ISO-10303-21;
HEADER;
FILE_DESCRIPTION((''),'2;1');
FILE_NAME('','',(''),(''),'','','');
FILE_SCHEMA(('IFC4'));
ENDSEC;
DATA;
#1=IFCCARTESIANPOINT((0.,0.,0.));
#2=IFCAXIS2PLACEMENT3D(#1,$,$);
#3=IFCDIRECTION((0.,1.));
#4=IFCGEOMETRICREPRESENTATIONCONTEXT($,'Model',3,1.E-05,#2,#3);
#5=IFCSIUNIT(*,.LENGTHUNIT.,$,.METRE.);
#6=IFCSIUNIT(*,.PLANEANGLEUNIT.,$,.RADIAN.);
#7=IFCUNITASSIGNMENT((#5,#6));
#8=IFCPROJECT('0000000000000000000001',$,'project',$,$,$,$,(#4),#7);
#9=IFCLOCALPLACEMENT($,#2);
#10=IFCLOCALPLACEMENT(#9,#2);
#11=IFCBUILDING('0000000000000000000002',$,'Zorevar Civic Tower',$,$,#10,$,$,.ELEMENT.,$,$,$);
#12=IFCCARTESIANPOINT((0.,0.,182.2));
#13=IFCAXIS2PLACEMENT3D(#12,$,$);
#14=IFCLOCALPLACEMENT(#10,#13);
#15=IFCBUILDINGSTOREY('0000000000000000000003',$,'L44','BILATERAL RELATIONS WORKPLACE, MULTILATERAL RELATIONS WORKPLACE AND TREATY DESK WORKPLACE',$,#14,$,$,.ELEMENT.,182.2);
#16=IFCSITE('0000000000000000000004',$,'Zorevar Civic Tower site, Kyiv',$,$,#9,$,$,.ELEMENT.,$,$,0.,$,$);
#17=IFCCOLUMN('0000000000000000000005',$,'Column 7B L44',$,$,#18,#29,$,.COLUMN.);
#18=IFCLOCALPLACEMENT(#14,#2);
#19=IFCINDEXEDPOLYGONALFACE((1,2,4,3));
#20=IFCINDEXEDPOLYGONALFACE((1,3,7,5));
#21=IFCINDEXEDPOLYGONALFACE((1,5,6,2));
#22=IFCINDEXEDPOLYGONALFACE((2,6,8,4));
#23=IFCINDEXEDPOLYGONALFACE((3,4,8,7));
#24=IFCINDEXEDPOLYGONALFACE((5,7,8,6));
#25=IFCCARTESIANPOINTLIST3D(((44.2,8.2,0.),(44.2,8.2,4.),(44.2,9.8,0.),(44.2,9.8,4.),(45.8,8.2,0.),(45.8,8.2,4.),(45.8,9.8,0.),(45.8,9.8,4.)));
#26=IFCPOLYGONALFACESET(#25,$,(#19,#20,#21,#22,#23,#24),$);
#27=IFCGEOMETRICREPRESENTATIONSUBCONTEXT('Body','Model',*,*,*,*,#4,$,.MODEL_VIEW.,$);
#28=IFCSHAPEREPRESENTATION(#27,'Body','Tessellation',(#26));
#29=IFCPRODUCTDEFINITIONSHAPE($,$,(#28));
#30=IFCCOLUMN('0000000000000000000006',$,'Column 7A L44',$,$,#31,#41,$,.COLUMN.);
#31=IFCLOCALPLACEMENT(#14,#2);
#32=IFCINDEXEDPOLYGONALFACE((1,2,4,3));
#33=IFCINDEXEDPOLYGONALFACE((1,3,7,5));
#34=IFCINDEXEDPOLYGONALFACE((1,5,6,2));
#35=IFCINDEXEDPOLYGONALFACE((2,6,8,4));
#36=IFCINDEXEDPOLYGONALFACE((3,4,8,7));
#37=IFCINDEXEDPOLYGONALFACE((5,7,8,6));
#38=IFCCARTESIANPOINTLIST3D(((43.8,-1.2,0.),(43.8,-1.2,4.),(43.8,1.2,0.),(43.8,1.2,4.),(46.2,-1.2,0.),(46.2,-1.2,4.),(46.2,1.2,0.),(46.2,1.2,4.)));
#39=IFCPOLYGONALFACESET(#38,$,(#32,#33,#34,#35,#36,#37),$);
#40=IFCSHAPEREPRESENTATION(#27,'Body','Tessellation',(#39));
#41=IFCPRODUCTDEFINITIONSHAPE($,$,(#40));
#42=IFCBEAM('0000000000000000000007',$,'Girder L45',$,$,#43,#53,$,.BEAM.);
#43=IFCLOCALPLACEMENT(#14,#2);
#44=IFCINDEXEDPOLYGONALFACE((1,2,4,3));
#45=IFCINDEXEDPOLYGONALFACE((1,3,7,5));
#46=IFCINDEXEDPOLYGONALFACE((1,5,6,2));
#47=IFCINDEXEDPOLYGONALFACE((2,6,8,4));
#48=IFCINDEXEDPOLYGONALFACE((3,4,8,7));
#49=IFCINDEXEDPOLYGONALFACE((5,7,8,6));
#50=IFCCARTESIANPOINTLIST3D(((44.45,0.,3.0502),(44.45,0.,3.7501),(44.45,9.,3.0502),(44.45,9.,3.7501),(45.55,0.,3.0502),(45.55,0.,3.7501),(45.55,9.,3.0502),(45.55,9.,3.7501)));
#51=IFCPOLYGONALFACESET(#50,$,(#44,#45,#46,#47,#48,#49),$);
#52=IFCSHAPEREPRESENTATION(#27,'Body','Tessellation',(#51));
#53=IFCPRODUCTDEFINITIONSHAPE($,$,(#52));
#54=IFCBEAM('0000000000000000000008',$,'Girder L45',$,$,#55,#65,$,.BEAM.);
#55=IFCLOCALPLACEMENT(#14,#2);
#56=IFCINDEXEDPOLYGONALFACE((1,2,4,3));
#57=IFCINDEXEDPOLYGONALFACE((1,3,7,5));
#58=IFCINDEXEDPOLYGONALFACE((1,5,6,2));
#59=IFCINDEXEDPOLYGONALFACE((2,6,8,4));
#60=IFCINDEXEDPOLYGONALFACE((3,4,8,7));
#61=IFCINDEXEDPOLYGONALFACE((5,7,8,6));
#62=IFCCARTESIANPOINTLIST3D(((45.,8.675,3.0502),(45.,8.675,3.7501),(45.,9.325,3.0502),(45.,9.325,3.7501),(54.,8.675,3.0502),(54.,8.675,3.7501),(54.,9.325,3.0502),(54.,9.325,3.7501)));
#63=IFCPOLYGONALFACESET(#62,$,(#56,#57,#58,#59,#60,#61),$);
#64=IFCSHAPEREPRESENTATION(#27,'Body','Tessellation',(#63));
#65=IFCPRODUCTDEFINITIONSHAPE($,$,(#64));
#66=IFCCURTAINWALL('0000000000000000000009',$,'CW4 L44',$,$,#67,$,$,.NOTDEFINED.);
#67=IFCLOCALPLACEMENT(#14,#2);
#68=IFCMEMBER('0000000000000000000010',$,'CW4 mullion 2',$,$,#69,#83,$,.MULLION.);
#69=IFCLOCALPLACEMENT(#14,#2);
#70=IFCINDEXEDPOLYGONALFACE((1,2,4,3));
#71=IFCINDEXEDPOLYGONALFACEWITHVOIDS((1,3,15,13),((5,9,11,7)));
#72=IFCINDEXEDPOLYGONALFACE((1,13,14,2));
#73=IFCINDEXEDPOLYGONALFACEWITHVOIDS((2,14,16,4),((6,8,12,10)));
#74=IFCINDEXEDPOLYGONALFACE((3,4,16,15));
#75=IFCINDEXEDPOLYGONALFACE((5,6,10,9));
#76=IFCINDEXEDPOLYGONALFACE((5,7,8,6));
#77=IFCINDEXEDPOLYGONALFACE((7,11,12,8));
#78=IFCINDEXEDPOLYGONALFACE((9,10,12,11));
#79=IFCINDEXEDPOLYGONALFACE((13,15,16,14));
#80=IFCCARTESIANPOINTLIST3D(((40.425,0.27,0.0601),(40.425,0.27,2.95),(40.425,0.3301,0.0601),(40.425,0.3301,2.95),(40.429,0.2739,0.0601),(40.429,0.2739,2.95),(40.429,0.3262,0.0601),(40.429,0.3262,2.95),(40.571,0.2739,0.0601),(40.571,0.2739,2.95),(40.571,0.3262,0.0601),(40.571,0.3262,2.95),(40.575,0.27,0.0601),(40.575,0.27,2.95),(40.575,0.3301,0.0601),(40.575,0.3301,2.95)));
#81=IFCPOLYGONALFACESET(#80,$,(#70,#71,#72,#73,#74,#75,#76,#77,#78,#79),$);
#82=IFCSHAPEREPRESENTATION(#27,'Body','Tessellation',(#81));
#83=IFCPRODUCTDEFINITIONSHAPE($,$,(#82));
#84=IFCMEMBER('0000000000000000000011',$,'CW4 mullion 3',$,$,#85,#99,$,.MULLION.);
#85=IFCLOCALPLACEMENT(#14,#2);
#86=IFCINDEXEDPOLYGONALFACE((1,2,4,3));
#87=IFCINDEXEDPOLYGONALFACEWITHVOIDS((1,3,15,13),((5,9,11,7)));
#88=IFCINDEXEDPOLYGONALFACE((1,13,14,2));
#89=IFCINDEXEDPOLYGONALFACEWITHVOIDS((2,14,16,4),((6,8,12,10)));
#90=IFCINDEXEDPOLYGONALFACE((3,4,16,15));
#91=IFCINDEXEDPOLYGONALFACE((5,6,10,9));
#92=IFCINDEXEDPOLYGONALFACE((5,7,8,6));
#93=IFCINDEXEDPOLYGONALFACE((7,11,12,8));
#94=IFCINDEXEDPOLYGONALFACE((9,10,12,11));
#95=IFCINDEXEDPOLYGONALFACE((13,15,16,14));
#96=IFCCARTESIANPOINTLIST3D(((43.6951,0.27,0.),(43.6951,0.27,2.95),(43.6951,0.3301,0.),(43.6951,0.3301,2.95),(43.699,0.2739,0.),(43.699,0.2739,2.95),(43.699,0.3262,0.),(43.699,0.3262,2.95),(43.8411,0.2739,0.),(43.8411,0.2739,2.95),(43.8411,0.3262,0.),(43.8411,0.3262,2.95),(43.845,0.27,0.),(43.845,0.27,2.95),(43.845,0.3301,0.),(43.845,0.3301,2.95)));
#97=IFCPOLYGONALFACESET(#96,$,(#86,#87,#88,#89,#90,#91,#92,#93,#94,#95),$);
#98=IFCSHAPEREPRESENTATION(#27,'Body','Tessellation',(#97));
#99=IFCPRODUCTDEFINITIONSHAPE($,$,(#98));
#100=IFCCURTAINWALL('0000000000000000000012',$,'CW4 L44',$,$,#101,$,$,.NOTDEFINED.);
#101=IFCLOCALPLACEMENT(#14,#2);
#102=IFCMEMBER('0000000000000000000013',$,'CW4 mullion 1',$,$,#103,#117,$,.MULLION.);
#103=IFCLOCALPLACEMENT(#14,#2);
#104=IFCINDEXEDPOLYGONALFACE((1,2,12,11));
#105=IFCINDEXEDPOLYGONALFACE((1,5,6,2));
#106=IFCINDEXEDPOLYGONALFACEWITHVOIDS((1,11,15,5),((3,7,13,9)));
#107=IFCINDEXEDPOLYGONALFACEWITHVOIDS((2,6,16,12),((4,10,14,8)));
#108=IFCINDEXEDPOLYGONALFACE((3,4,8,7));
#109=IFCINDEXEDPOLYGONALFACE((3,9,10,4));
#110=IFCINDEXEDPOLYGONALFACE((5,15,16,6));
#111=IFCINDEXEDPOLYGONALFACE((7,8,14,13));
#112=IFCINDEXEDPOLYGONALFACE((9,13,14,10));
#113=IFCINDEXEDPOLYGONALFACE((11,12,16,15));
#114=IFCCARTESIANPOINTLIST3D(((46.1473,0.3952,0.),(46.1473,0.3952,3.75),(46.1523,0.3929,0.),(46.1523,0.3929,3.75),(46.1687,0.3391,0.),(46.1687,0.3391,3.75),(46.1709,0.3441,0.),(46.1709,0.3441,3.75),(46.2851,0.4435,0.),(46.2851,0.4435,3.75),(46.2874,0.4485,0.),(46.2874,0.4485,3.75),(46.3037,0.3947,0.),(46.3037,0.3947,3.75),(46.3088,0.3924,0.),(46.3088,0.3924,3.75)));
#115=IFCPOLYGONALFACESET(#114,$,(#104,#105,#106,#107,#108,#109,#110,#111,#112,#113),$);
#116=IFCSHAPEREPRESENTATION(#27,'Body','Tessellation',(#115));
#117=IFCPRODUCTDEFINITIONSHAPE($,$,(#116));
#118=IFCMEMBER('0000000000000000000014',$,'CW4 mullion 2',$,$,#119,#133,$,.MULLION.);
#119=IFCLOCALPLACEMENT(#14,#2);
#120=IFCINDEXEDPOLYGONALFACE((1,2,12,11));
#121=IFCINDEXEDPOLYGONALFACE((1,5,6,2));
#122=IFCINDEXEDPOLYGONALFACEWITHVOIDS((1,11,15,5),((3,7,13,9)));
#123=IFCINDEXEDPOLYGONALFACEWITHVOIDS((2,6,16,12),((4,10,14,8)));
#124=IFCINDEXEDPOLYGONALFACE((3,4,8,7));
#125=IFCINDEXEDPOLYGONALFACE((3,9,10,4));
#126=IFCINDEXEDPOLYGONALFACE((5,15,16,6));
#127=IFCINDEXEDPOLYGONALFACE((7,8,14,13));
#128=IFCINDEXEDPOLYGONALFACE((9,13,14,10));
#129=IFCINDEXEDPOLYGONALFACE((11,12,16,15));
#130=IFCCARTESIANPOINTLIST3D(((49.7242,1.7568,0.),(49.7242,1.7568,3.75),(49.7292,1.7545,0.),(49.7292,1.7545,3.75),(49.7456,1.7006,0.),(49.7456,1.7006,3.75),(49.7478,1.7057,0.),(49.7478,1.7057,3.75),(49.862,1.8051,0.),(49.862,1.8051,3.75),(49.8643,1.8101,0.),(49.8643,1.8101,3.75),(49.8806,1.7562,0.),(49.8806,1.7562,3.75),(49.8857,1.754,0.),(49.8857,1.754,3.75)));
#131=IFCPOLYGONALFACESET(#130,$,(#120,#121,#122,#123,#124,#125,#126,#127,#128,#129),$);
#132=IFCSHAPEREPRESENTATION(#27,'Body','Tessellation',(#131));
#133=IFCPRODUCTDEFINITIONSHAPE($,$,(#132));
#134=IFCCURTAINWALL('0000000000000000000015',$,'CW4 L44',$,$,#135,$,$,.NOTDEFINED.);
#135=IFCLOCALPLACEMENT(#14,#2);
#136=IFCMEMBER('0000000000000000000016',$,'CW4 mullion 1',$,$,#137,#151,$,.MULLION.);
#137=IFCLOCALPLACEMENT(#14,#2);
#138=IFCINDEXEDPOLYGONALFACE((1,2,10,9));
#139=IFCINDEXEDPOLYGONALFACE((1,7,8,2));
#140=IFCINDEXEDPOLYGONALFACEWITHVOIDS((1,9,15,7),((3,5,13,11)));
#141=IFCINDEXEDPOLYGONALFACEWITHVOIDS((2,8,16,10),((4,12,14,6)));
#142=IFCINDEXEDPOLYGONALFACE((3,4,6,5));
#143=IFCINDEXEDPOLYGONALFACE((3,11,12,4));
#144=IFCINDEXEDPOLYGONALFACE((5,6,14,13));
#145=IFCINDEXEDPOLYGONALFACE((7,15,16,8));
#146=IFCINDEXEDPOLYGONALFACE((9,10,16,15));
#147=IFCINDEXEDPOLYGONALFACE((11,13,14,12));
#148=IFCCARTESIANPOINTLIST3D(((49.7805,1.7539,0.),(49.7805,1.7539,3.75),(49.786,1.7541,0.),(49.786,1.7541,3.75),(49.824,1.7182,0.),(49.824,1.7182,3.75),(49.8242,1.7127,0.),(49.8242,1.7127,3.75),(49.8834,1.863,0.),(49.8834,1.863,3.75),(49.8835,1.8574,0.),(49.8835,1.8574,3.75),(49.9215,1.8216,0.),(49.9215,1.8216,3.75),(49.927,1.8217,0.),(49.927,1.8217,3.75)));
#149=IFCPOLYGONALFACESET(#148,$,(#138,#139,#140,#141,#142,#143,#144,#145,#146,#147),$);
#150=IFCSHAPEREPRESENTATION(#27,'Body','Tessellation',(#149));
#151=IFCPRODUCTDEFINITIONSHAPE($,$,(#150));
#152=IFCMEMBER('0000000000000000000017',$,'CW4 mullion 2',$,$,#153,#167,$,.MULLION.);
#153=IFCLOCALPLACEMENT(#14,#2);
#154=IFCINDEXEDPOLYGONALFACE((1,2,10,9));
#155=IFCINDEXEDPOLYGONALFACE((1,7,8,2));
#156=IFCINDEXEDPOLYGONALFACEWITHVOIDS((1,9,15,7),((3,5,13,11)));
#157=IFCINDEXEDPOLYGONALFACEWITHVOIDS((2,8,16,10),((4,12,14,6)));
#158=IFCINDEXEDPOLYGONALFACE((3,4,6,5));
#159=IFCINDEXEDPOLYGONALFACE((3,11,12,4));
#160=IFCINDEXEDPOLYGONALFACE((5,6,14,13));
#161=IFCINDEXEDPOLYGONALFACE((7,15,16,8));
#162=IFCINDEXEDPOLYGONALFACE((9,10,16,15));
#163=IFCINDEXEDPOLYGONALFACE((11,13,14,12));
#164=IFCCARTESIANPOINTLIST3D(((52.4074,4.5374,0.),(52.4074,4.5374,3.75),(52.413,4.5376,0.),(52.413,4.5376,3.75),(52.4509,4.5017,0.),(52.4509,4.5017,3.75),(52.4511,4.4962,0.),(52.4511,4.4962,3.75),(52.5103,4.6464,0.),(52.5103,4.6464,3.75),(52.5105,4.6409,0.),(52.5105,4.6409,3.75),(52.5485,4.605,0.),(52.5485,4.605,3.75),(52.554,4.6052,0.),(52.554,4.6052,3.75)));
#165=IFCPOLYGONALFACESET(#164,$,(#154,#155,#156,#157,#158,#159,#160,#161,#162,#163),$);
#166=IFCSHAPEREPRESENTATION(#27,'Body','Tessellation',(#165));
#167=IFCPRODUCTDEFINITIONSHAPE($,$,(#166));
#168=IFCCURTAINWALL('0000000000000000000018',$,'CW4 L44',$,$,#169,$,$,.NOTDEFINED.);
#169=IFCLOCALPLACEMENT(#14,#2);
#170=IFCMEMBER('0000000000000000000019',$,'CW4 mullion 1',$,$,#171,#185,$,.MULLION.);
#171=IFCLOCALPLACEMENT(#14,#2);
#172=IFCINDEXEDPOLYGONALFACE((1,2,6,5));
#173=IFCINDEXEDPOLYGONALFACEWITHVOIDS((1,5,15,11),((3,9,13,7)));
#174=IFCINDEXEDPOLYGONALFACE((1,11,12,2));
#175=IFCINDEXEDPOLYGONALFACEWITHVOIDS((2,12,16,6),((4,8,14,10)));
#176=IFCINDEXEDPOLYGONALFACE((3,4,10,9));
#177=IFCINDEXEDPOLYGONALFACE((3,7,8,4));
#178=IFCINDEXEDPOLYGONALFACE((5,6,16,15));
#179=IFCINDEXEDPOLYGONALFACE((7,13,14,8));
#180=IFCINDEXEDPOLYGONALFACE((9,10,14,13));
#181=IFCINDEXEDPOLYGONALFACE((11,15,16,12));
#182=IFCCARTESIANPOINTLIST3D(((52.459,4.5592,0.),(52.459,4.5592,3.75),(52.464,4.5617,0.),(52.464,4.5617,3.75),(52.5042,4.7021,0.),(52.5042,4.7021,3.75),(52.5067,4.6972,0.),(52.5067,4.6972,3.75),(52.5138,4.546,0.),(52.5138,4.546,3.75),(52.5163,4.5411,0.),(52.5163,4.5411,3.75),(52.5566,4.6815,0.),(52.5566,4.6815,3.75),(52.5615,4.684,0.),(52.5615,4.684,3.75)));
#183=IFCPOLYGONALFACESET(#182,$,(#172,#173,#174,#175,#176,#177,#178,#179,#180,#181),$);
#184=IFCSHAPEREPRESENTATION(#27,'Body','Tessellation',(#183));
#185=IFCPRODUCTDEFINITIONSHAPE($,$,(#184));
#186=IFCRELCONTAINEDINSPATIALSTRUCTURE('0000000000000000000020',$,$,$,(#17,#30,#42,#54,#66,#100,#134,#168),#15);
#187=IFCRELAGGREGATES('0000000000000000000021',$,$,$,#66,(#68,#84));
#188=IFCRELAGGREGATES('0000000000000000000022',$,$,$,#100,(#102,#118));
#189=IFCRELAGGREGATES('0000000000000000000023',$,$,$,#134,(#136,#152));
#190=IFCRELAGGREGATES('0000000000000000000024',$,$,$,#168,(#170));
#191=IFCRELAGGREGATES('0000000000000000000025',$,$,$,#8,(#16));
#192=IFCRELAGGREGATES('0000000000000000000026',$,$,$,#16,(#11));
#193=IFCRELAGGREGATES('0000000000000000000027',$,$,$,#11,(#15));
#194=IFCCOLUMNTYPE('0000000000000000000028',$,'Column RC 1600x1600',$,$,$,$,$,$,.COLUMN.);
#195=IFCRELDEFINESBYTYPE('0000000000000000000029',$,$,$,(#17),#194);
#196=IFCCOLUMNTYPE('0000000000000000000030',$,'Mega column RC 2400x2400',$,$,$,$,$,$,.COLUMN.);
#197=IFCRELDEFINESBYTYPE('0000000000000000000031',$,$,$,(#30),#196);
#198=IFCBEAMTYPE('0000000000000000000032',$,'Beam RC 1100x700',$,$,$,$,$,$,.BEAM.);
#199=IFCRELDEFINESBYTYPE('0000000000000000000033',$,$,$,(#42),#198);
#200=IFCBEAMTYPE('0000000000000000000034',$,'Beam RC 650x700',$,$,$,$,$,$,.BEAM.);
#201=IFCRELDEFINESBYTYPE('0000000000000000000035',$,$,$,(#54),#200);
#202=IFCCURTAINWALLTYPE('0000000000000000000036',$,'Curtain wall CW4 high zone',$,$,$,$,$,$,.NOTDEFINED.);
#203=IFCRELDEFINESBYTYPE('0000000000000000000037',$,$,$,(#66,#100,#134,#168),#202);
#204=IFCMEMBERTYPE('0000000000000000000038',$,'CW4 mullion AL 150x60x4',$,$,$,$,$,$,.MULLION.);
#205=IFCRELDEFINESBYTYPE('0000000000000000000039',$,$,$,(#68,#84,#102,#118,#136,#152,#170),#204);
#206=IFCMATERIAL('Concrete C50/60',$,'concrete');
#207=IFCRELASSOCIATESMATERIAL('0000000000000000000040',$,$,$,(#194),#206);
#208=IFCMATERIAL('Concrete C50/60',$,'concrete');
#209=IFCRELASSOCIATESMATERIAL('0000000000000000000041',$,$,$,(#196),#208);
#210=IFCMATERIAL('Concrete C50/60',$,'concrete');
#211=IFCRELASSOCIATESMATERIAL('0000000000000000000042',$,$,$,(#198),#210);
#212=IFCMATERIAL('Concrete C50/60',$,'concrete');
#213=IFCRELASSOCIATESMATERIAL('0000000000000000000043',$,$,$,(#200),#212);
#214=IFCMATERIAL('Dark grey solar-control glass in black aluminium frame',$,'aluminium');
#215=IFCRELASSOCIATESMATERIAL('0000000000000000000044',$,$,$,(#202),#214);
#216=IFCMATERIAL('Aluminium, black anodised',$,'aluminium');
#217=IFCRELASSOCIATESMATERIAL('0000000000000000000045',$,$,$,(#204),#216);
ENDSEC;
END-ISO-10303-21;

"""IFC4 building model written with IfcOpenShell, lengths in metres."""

from ifc_helpers import new_model, si_unit, direction, frame, origin, origin_2d, place, context, subcontext, project, spatial, rectangle, hollow_rectangle, extrude, material, material_profile, profile_set, type_object, element, aggregate, save


model = new_model("IFC4")

# Units and contexts
model_context = context("Model", 3, precision=1e-05, world=origin(), true_north=direction((0.0, 1.0)))
body_context = subcontext(model_context, "Body", "Model", "MODEL_VIEW")
ifc_project = project(units=[si_unit("LENGTHUNIT", "METRE"), si_unit("PLANEANGLEUNIT", "RADIAN")], contexts=[model_context])

# Site, building, storey
site_placement = place(None, origin())
site = spatial("IfcSite", under=ifc_project, at=site_placement, Name="Zorevar Civic Tower site, Kyiv", CompositionType="ELEMENT", RefElevation=0.0)
building_placement = place(site_placement, origin())
building = spatial("IfcBuilding", under=site, at=building_placement, Name="Zorevar Civic Tower", CompositionType="ELEMENT")
storey_placement = place(building_placement, frame((0.0, 0.0, 182.2)))
storey = spatial("IfcBuildingStorey", under=building, at=storey_placement, Name="L44", Description="BILATERAL RELATIONS WORKPLACE, MULTILATERAL RELATIONS WORKPLACE AND TREATY DESK WORKPLACE", CompositionType="ELEMENT", Elevation=182.2)

# Columns
ifc_material_1 = material(Name="Concrete C50/60", Category="concrete")
ifc_material_profile_1 = material_profile(ifc_material_1, rectangle(XDim=1.6001, YDim=1.6001, at=origin_2d()), Name="RC 1600x1600")
ifc_profile_set_1 = profile_set([ifc_material_profile_1], Name="Concrete C50/60")
column_type_1 = type_object("IfcColumnType", Name="Column RC 1600x1600", PredefinedType="COLUMN", material=ifc_profile_set_1)
column_1_placement = place(storey_placement, frame((45.0, 9.0, 0.0), z_axis=(0.0, 0.0, 1.0), x_axis=(1.0, 0.0, 0.0)))
element("IfcColumn", 1, at=column_1_placement, inside=storey, type_object=column_type_1, Name="Column 7B L44", PredefinedType="COLUMN", context=body_context, shape_type="SweptSolid", body=[
    extrude(rectangle(XDim=1.6001, YDim=1.6001, at=origin_2d()), origin(), (0.0, 0.0, 1.0), 4.0),
])
ifc_material_2 = material(Name="Concrete C50/60", Category="concrete")
ifc_material_profile_2 = material_profile(ifc_material_2, rectangle(XDim=2.3999, YDim=2.3999, at=origin_2d()), Name="RC 2400x2400")
ifc_profile_set_2 = profile_set([ifc_material_profile_2], Name="Concrete C50/60")
column_type_2 = type_object("IfcColumnType", Name="Mega column RC 2400x2400", PredefinedType="COLUMN", material=ifc_profile_set_2)
column_2_placement = place(storey_placement, frame((45.0, 0.0, 0.0), z_axis=(0.0, 0.0, 1.0), x_axis=(1.0, 0.0, 0.0)))
element("IfcColumn", 2, at=column_2_placement, inside=storey, type_object=column_type_2, Name="Column 7A L44", PredefinedType="COLUMN", context=body_context, shape_type="SweptSolid", body=[
    extrude(rectangle(XDim=2.3999, YDim=2.3999, at=origin_2d()), origin(), (0.0, 0.0, 1.0), 4.0),
])

# Beams
ifc_material_3 = material(Name="Concrete C50/60", Category="concrete")
ifc_material_profile_3 = material_profile(ifc_material_3, rectangle(XDim=1.1001, YDim=0.7, at=origin_2d()), Name="RC 1100x700")
ifc_profile_set_3 = profile_set([ifc_material_profile_3], Name="Concrete C50/60")
beam_type_1 = type_object("IfcBeamType", Name="Beam RC 1100x700", PredefinedType="BEAM", material=ifc_profile_set_3)
beam_1_placement = place(storey_placement, frame((45.0, 0.0, 3.4001), z_axis=(0.0, 1.0, 0.0), x_axis=(-1.0, 0.0, 0.0)))
element("IfcBeam", 3, at=beam_1_placement, inside=storey, type_object=beam_type_1, Name="Girder L45", PredefinedType="BEAM", context=body_context, shape_type="SweptSolid", body=[
    extrude(rectangle(XDim=1.1001, YDim=0.7, at=origin_2d()), origin(), (0.0, 0.0, 1.0), 9.0),
])
ifc_material_4 = material(Name="Concrete C50/60", Category="concrete")
ifc_material_profile_4 = material_profile(ifc_material_4, rectangle(XDim=0.6499, YDim=0.7, at=origin_2d()), Name="RC 650x700")
ifc_profile_set_4 = profile_set([ifc_material_profile_4], Name="Concrete C50/60")
beam_type_2 = type_object("IfcBeamType", Name="Beam RC 650x700", PredefinedType="BEAM", material=ifc_profile_set_4)
beam_2_placement = place(storey_placement, frame((45.0, 9.0, 3.4001), z_axis=(1.0, 0.0, 0.0), x_axis=(0.0, 1.0, 0.0)))
element("IfcBeam", 4, at=beam_2_placement, inside=storey, type_object=beam_type_2, Name="Girder L45", PredefinedType="BEAM", context=body_context, shape_type="SweptSolid", body=[
    extrude(rectangle(XDim=0.6499, YDim=0.7, at=origin_2d()), origin(), (0.0, 0.0, 1.0), 9.0),
])

# Curtain walls, members
ifc_material_5 = material(Name="Dark grey solar-control glass in black aluminium frame", Category="aluminium")
curtain_wall_type = type_object("IfcCurtainWallType", Name="Curtain wall CW4 high zone", PredefinedType="NOTDEFINED", material=ifc_material_5)
curtain_wall_1_placement = place(storey_placement, origin())
curtain_wall_1 = element("IfcCurtainWall", 5, at=curtain_wall_1_placement, inside=storey, type_object=curtain_wall_type, Name="CW4 L44", PredefinedType="NOTDEFINED")
ifc_material_6 = material(Name="Aluminium, black anodised", Category="aluminium")
ifc_material_profile_5 = material_profile(ifc_material_6, hollow_rectangle(XDim=0.0601, YDim=0.1499, WallThickness=0.0039, at=origin_2d()), Name="AL 150x60x4")
ifc_profile_set_5 = profile_set([ifc_material_profile_5], Name="Aluminium, black anodised")
member_type_1 = type_object("IfcMemberType", Name="CW4 mullion AL 150x60x4", PredefinedType="MULLION", material=ifc_profile_set_5)
member_1_placement = place(storey_placement, frame((40.5, 0.3, 0.0601), z_axis=(0.0, 0.0, 1.0), x_axis=(0.0, 1.0, 0.0)))
member_1 = element("IfcMember", 6, at=member_1_placement, type_object=member_type_1, Name="CW4 mullion 2", PredefinedType="MULLION", context=body_context, shape_type="SweptSolid", body=[
    extrude(hollow_rectangle(XDim=0.0601, YDim=0.1499, WallThickness=0.0039, at=origin_2d()), origin(), (0.0, 0.0, 1.0), 2.8899),
])
member_2_placement = place(storey_placement, frame((43.77, 0.3, 0.0), z_axis=(0.0, 0.0, 1.0), x_axis=(0.0, 1.0, 0.0)))
member_2 = element("IfcMember", 7, at=member_2_placement, type_object=member_type_1, Name="CW4 mullion 3", PredefinedType="MULLION", context=body_context, shape_type="SweptSolid", body=[
    extrude(hollow_rectangle(XDim=0.0601, YDim=0.1499, WallThickness=0.0039, at=origin_2d()), origin(), (0.0, 0.0, 1.0), 2.95),
])
curtain_wall_2_placement = place(storey_placement, origin())
curtain_wall_2 = element("IfcCurtainWall", 8, at=curtain_wall_2_placement, inside=storey, type_object=curtain_wall_type, Name="CW4 L44", PredefinedType="NOTDEFINED")
member_3_placement = place(storey_placement, frame((46.228, 0.3938, 0.0), z_axis=(0.0, 0.0, 1.0), x_axis=(-0.355731, 0.934588, 0.0)))
member_3 = element("IfcMember", 9, at=member_3_placement, type_object=member_type_1, Name="CW4 mullion 1", PredefinedType="MULLION", context=body_context, shape_type="SweptSolid", body=[
    extrude(hollow_rectangle(XDim=0.0601, YDim=0.1499, WallThickness=0.0039, at=origin_2d()), origin(), (0.0, 0.0, 1.0), 3.75),
])
member_4_placement = place(storey_placement, frame((49.8049, 1.7554, 0.0), z_axis=(0.0, 0.0, 1.0), x_axis=(-0.355731, 0.934588, 0.0)))
member_4 = element("IfcMember", 10, at=member_4_placement, type_object=member_type_1, Name="CW4 mullion 2", PredefinedType="MULLION", context=body_context, shape_type="SweptSolid", body=[
    extrude(hollow_rectangle(XDim=0.0601, YDim=0.1499, WallThickness=0.0039, at=origin_2d()), origin(), (0.0, 0.0, 1.0), 3.75),
])
curtain_wall_3_placement = place(storey_placement, origin())
curtain_wall_3 = element("IfcCurtainWall", 11, at=curtain_wall_3_placement, inside=storey, type_object=curtain_wall_type, Name="CW4 L44", PredefinedType="NOTDEFINED")
member_5_placement = place(storey_placement, frame((49.8538, 1.7878, 0.0), z_axis=(0.0, 0.0, 1.0), x_axis=(-0.727245, 0.686378, 0.0)))
member_5 = element("IfcMember", 12, at=member_5_placement, type_object=member_type_1, Name="CW4 mullion 1", PredefinedType="MULLION", context=body_context, shape_type="SweptSolid", body=[
    extrude(hollow_rectangle(XDim=0.0601, YDim=0.1499, WallThickness=0.0039, at=origin_2d()), origin(), (0.0, 0.0, 1.0), 3.75),
])
member_6_placement = place(storey_placement, frame((52.4807, 4.5713, 0.0), z_axis=(0.0, 0.0, 1.0), x_axis=(-0.727245, 0.686378, 0.0)))
member_6 = element("IfcMember", 13, at=member_6_placement, type_object=member_type_1, Name="CW4 mullion 2", PredefinedType="MULLION", context=body_context, shape_type="SweptSolid", body=[
    extrude(hollow_rectangle(XDim=0.0601, YDim=0.1499, WallThickness=0.0039, at=origin_2d()), origin(), (0.0, 0.0, 1.0), 3.75),
])
curtain_wall_4_placement = place(storey_placement, origin())
curtain_wall_4 = element("IfcCurtainWall", 14, at=curtain_wall_4_placement, inside=storey, type_object=curtain_wall_type, Name="CW4 L44", PredefinedType="NOTDEFINED")
member_7_placement = place(storey_placement, frame((52.5103, 4.6216, 0.0), z_axis=(0.0, 0.0, 1.0), x_axis=(-0.95359, 0.301108, 0.0)))
member_7 = element("IfcMember", 15, at=member_7_placement, type_object=member_type_1, Name="CW4 mullion 1", PredefinedType="MULLION", context=body_context, shape_type="SweptSolid", body=[
    extrude(hollow_rectangle(XDim=0.0601, YDim=0.1499, WallThickness=0.0039, at=origin_2d()), origin(), (0.0, 0.0, 1.0), 3.75),
])

aggregate(curtain_wall_1, [member_1, member_2])
aggregate(curtain_wall_2, [member_3, member_4])
aggregate(curtain_wall_3, [member_5, member_6])
aggregate(curtain_wall_4, [member_7])

save(model, "model.ifc")
